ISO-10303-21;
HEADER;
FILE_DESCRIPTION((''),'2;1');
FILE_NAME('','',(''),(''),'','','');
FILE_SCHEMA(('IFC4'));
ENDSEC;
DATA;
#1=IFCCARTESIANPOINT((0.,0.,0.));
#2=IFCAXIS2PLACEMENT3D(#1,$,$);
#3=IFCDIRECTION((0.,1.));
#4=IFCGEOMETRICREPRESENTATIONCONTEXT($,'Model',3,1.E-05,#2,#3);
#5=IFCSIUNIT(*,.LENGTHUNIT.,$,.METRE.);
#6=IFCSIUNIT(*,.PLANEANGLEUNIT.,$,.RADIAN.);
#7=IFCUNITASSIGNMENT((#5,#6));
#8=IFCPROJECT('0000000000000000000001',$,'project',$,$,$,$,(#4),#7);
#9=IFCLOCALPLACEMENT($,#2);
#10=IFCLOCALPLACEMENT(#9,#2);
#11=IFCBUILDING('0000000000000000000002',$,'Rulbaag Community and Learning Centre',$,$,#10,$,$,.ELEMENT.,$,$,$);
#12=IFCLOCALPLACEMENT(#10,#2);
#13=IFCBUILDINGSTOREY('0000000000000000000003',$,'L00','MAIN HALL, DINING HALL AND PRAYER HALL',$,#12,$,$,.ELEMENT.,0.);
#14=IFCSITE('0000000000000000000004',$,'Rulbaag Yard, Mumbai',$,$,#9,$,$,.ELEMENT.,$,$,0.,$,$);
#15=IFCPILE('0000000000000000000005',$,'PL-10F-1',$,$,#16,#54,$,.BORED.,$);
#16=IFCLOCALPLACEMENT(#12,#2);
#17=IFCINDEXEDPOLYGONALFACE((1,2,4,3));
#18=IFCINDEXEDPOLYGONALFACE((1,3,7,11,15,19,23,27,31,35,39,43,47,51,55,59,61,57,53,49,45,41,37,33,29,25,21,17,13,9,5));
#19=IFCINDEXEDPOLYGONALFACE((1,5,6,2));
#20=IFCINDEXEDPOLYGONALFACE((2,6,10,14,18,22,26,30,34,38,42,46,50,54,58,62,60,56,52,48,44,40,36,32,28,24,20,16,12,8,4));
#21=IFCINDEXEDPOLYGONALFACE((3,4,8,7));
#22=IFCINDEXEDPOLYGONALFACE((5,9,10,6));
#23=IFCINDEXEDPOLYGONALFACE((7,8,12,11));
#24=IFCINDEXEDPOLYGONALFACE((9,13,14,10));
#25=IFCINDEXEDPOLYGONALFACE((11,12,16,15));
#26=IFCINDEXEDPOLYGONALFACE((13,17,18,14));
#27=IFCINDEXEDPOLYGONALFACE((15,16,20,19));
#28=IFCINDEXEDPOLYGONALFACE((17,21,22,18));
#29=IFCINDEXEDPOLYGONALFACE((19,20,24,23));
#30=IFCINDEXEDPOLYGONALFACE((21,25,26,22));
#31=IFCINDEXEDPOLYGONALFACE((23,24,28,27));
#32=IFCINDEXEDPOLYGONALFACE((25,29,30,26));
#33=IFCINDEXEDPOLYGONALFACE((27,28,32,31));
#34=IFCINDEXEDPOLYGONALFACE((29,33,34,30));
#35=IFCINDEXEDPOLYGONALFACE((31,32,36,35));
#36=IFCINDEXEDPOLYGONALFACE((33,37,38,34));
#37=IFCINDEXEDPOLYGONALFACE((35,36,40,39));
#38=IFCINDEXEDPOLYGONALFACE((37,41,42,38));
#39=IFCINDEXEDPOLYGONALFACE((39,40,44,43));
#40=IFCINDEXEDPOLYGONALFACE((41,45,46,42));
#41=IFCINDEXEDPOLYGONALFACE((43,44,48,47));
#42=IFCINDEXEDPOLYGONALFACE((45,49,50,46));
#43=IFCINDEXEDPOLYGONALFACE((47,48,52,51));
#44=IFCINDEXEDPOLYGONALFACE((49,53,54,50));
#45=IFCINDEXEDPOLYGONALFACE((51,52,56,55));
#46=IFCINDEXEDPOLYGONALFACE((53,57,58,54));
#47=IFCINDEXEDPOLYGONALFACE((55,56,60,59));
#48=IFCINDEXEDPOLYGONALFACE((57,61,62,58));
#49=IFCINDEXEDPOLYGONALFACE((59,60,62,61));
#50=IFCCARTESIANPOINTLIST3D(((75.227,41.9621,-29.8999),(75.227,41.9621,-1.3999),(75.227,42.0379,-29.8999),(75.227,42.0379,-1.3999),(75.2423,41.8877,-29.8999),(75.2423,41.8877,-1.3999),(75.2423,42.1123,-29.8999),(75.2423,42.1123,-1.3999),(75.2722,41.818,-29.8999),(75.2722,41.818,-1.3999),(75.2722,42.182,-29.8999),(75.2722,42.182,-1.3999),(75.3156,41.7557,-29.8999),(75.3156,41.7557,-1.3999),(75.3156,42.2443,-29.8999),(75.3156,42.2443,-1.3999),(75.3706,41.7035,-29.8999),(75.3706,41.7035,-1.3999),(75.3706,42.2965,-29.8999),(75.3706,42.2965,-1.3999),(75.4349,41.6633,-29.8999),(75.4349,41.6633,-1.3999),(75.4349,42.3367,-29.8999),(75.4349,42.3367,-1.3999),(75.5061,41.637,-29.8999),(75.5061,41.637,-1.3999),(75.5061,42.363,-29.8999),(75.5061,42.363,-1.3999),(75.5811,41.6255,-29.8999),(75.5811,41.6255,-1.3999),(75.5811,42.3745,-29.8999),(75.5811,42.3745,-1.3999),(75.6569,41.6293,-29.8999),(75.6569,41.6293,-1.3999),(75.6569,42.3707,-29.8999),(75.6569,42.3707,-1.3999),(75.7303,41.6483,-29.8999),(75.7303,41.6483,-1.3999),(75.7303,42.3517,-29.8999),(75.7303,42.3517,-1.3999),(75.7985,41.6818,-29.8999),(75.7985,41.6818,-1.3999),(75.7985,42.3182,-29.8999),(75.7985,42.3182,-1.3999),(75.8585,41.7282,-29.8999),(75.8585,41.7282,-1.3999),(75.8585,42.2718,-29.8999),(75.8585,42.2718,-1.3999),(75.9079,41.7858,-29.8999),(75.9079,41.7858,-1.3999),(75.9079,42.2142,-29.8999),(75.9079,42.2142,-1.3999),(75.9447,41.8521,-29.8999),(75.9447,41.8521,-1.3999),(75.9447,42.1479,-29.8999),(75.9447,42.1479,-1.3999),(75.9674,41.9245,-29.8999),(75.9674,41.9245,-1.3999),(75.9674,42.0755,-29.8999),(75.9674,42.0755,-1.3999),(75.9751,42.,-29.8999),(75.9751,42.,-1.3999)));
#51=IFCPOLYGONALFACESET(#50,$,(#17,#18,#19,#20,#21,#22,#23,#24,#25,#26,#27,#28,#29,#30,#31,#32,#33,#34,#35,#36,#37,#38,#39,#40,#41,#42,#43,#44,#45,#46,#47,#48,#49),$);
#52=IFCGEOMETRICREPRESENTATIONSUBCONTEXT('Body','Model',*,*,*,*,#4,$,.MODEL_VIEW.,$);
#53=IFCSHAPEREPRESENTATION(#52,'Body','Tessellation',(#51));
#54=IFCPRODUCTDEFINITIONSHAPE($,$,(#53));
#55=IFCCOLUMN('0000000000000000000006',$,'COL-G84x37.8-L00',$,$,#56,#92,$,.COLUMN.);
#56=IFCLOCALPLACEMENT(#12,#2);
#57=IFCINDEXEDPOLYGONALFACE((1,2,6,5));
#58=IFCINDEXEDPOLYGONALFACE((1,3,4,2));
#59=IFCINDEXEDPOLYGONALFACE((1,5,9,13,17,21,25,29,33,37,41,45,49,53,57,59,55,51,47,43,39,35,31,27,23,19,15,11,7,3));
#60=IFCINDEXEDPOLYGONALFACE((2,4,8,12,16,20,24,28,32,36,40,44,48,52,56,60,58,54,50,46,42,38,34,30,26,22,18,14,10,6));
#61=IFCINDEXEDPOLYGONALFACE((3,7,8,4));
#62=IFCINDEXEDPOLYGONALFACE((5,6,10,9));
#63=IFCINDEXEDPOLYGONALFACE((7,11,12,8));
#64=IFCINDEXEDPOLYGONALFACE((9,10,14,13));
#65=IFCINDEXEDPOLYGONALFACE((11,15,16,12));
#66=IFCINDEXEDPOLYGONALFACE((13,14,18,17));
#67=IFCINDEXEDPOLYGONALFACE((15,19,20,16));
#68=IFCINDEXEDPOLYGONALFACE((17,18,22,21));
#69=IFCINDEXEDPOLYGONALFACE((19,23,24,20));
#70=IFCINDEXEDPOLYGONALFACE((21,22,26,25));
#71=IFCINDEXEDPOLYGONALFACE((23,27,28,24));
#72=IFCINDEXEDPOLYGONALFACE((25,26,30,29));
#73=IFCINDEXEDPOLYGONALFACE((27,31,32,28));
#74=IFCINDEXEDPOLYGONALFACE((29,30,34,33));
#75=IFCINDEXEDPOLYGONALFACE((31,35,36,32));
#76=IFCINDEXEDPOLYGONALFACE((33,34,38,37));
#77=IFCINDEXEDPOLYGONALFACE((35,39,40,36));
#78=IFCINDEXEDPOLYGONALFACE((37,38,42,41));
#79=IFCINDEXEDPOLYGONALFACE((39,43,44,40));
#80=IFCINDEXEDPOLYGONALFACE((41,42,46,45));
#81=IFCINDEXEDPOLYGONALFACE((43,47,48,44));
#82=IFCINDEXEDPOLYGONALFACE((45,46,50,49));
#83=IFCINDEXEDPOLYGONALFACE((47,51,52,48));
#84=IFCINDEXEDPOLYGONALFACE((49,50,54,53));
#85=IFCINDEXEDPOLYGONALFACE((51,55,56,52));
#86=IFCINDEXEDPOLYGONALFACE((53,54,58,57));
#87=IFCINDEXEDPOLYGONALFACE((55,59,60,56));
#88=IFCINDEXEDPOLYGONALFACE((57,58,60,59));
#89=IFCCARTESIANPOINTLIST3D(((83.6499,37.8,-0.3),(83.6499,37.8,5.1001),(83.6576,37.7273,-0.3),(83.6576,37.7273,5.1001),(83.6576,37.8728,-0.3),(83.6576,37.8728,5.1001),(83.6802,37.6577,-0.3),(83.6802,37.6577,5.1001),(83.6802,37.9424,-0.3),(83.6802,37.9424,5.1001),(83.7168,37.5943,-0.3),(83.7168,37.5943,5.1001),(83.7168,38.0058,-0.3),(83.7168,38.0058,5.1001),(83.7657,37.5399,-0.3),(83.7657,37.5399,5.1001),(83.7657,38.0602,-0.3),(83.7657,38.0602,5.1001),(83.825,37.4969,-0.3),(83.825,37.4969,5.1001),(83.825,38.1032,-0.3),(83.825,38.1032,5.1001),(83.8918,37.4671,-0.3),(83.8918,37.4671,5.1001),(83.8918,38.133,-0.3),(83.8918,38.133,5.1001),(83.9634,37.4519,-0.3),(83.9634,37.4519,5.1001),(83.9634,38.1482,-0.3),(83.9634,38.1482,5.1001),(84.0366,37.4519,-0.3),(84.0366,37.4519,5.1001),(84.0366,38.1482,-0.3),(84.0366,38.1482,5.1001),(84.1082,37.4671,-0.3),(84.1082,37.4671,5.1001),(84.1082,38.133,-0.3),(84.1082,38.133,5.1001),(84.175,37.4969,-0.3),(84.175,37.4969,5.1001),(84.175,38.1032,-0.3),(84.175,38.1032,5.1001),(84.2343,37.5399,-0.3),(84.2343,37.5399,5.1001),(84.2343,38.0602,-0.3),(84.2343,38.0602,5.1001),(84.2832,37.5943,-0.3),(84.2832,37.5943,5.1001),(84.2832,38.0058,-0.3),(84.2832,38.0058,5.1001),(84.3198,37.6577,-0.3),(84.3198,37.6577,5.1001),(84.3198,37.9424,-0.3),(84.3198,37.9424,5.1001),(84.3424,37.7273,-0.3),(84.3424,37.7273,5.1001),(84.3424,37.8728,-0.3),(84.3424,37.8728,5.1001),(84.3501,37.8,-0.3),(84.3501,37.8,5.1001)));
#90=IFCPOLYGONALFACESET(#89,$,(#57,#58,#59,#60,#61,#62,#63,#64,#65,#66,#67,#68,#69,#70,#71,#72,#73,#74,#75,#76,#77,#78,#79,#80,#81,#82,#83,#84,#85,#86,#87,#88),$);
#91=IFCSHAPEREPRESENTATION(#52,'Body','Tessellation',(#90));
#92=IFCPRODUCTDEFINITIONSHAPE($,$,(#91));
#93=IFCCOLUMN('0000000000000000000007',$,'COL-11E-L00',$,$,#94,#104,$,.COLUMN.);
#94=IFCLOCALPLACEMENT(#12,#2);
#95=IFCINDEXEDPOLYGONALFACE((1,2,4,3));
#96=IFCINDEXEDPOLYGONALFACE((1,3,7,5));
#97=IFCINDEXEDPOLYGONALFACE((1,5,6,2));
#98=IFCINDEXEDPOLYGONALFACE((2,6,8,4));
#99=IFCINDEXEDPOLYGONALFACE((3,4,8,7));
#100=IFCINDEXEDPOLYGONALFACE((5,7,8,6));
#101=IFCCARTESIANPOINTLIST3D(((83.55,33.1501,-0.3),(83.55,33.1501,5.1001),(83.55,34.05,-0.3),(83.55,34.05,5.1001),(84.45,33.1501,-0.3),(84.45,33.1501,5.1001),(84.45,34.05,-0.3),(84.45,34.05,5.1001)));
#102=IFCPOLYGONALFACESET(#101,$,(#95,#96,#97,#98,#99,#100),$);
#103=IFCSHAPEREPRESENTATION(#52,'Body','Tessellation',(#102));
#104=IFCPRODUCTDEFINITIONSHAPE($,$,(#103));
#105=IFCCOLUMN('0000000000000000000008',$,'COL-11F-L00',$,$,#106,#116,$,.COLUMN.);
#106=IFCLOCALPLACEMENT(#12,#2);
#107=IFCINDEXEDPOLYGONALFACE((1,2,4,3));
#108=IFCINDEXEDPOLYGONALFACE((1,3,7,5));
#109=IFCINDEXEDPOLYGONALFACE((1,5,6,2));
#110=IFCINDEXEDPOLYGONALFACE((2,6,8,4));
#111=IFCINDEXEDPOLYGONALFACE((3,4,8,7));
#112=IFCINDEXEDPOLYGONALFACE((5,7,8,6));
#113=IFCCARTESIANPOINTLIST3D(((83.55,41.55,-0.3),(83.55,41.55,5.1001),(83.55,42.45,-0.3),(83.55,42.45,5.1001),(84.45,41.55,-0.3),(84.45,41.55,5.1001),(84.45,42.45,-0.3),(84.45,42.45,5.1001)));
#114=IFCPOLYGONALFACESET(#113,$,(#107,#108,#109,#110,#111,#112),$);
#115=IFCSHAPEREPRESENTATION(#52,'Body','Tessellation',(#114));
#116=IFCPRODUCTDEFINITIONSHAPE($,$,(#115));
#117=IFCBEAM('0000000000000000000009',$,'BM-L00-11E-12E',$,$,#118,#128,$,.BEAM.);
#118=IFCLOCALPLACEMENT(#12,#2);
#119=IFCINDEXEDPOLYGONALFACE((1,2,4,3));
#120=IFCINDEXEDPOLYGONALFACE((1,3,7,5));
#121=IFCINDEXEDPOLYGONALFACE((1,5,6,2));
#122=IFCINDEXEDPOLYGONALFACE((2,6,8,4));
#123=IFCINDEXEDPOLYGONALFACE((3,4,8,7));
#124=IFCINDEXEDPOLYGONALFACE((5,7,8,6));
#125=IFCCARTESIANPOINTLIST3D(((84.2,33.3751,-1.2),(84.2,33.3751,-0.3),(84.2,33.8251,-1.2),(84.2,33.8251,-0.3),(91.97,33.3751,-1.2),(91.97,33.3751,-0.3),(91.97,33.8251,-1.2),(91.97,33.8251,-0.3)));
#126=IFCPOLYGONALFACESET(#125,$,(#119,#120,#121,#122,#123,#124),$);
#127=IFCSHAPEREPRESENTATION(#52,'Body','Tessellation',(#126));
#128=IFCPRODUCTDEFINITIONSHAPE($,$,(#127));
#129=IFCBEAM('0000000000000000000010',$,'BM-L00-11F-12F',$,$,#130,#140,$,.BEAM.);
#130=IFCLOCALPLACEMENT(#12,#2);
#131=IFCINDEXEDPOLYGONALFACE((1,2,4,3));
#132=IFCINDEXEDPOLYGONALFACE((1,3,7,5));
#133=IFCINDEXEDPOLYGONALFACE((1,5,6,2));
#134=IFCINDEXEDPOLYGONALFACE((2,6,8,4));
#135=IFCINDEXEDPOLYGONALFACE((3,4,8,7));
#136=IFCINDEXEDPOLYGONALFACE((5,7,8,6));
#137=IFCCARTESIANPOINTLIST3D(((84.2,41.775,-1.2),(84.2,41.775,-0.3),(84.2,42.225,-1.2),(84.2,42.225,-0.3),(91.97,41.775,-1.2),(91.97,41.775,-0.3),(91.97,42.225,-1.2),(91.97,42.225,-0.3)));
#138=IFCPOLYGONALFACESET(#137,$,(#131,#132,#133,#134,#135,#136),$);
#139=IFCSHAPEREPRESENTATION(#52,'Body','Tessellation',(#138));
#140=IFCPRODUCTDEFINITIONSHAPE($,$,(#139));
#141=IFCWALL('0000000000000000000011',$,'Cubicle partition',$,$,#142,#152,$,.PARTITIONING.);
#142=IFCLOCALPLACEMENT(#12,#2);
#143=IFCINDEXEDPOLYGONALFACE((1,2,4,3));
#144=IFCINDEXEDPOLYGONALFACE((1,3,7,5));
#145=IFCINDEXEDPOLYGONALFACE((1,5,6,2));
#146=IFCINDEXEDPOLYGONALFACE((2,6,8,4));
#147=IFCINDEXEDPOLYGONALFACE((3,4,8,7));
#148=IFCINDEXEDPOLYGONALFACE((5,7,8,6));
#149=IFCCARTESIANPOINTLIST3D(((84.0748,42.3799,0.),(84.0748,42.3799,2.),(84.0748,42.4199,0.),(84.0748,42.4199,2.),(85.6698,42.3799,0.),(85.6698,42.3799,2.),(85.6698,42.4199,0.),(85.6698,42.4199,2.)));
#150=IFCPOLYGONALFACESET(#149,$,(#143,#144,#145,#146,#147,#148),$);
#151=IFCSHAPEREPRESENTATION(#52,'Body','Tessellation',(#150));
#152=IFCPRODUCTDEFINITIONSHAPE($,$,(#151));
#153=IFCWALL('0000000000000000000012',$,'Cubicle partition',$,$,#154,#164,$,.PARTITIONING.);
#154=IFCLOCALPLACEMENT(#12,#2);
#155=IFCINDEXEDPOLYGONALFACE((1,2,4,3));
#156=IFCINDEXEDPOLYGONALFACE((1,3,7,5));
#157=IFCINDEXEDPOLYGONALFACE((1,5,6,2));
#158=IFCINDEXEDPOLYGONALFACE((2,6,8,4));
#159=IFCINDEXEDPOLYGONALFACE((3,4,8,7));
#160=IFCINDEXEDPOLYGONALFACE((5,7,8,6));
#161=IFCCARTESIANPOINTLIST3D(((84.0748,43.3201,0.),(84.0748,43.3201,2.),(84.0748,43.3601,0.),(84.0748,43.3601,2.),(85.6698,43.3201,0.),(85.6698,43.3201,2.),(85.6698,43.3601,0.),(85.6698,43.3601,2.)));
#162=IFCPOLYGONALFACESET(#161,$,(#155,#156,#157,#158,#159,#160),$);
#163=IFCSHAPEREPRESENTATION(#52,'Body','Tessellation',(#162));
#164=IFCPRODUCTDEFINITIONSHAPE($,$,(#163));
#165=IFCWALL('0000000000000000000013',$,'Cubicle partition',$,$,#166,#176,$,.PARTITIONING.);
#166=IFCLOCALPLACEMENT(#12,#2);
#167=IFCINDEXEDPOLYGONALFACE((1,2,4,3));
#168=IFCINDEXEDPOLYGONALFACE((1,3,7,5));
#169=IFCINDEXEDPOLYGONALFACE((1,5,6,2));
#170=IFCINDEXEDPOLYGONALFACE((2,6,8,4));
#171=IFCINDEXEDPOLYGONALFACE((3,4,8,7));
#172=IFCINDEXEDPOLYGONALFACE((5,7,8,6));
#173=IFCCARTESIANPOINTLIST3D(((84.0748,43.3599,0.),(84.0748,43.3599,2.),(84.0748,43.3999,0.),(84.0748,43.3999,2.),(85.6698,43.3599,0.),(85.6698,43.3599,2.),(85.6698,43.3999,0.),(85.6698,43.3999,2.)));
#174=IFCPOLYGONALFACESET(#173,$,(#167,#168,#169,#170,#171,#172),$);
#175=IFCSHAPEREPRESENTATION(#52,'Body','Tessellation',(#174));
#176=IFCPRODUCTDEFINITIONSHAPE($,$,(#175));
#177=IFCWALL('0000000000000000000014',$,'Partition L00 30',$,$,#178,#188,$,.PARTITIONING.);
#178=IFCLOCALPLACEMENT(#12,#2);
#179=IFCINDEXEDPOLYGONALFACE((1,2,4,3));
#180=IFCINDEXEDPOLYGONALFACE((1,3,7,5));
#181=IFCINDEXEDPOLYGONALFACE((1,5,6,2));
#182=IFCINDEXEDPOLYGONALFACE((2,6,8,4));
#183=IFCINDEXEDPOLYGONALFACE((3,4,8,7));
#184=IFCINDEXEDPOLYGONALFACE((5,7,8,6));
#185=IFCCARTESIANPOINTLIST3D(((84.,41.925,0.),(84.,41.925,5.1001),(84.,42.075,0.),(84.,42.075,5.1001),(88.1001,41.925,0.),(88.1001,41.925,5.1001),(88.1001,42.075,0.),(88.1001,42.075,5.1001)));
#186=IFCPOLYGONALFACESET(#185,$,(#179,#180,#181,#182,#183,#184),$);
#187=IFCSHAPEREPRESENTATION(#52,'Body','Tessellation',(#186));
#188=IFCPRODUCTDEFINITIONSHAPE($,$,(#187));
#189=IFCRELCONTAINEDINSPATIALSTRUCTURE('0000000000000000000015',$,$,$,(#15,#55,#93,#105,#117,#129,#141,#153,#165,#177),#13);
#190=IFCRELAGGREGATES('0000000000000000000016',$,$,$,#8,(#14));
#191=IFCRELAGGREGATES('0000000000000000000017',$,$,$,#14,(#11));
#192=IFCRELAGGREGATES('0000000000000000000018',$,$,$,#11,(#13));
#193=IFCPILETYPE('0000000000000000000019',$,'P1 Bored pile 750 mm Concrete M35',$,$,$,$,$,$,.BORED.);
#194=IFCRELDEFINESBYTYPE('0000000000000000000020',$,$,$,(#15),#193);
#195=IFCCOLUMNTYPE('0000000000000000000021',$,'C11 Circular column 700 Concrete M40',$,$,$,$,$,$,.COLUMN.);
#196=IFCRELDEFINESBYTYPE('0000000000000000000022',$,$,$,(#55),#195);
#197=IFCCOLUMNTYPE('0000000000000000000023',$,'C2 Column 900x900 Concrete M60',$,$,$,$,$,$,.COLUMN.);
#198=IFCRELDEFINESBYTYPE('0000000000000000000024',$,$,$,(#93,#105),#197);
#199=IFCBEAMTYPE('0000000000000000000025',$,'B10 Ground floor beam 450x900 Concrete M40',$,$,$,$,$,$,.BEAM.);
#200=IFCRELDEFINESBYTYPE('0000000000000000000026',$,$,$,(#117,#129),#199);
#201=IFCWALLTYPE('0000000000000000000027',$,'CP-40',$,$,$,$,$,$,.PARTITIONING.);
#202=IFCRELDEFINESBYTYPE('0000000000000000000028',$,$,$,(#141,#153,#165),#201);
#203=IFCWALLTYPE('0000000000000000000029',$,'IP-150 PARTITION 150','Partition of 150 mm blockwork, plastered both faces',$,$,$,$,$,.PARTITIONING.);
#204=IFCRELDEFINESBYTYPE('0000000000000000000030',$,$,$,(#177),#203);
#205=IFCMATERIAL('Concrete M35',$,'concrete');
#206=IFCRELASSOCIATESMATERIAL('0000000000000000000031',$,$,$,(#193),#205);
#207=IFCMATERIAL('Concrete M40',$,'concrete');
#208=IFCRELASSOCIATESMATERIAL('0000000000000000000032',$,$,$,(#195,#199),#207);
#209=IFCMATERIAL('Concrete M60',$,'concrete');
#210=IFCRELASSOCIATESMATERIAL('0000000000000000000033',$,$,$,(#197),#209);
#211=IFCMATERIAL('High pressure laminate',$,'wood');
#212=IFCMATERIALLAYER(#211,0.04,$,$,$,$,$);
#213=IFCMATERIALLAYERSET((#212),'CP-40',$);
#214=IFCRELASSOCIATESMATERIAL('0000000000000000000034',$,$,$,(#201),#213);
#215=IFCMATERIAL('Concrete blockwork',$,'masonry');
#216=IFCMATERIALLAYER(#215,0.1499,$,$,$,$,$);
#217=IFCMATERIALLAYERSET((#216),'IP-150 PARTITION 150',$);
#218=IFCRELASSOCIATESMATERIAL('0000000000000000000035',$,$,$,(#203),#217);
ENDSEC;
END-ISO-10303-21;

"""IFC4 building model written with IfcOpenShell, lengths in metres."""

from ifc_helpers import new_model, si_unit, direction, frame, frame_2d, origin, origin_2d, place, context, subcontext, project, spatial, rectangle, circle, extrude, material, layer, layer_set, material_profile, profile_set, type_object, element, save


model = new_model("IFC4")

# Units and contexts
model_context = context("Model", 3, precision=1e-05, world=origin(), true_north=direction((0.0, 1.0)))
body_context = subcontext(model_context, "Body", "Model", "MODEL_VIEW")
ifc_project = project(units=[si_unit("LENGTHUNIT", "METRE"), si_unit("PLANEANGLEUNIT", "RADIAN")], contexts=[model_context])

# Site, building, storey
site_placement = place(None, origin())
site = spatial("IfcSite", under=ifc_project, at=site_placement, Name="Rulbaag Yard, Mumbai", CompositionType="ELEMENT", RefElevation=0.0)
building_placement = place(site_placement, origin())
building = spatial("IfcBuilding", under=site, at=building_placement, Name="Rulbaag Community and Learning Centre", CompositionType="ELEMENT")
storey_placement = place(building_placement, origin())
storey = spatial("IfcBuildingStorey", under=building, at=storey_placement, Name="L00", Description="MAIN HALL, DINING HALL AND PRAYER HALL", CompositionType="ELEMENT", Elevation=0.0)

# Pile
ifc_material_1 = material(Name="Concrete M35", Category="concrete")
ifc_material_profile_1 = material_profile(ifc_material_1, circle(Radius=0.375, at=origin_2d()), Name="BP750")
ifc_profile_set_1 = profile_set([ifc_material_profile_1], Name="Concrete M35")
pile_type = type_object("IfcPileType", Name="P1 Bored pile 750 mm Concrete M35", PredefinedType="BORED", material=ifc_profile_set_1)
pile_placement = place(storey_placement, frame((75.6001, 42.0, -1.3999), z_axis=(0.0, 0.0, -1.0), x_axis=(1.0, 0.0, 0.0)))
element("IfcPile", 1, at=pile_placement, inside=storey, type_object=pile_type, Name="PL-10F-1", PredefinedType="BORED", context=body_context, shape_type="SweptSolid", body=[
    extrude(circle(Radius=0.375, at=origin_2d()), origin(), (0.0, 0.0, 1.0), 28.5),
])

# Columns
ifc_material_2 = material(Name="Concrete M40", Category="concrete")
ifc_material_profile_2 = material_profile(ifc_material_2, circle(Radius=0.3501, at=origin_2d()), Name="RD700")
ifc_profile_set_2 = profile_set([ifc_material_profile_2], Name="Concrete M40")
column_type_1 = type_object("IfcColumnType", Name="C11 Circular column 700 Concrete M40", PredefinedType="COLUMN", material=ifc_profile_set_2)
column_placement = place(storey_placement, frame((84.0, 37.8, -0.3), z_axis=(0.0, 0.0, 1.0), x_axis=(1.0, 0.0, 0.0)))
element("IfcColumn", 2, at=column_placement, inside=storey, type_object=column_type_1, Name="COL-G84x37.8-L00", PredefinedType="COLUMN", context=body_context, shape_type="SweptSolid", body=[
    extrude(circle(Radius=0.3501, at=origin_2d()), origin(), (0.0, 0.0, 1.0), 5.4001),
])
ifc_material_3 = material(Name="Concrete M60", Category="concrete")
ifc_material_profile_3 = material_profile(ifc_material_3, rectangle(XDim=0.8999, YDim=0.8999, at=origin_2d()), Name="RC900x900")
ifc_profile_set_3 = profile_set([ifc_material_profile_3], Name="Concrete M60")
column_type_2 = type_object("IfcColumnType", Name="C2 Column 900x900 Concrete M60", PredefinedType="COLUMN", material=ifc_profile_set_3)
for number, where, z_axis, x_axis, name in (
    (3, (84.0, 33.6001, -0.3), (0.0, 0.0, 1.0), (1.0, 0.0, 0.0), "COL-11E-L00"),
    (4, (84.0, 42.0, -0.3), (0.0, 0.0, 1.0), (1.0, 0.0, 0.0), "COL-11F-L00"),
):
    element("IfcColumn", number, at=place(storey_placement, frame(where, z_axis=z_axis, x_axis=x_axis)), inside=storey, type_object=column_type_2, Name=name, PredefinedType="COLUMN", context=body_context, shape_type="SweptSolid", body=[
        extrude(rectangle(XDim=0.8999, YDim=0.8999, at=origin_2d()), origin(), (0.0, 0.0, 1.0), 5.4001),
    ])

# Beams
ifc_material_profile_4 = material_profile(ifc_material_2, rectangle(XDim=0.45, YDim=0.8999, at=origin_2d()), Name="RB450x900")
ifc_profile_set_4 = profile_set([ifc_material_profile_4], Name="Concrete M40")
beam_type = type_object("IfcBeamType", Name="B10 Ground floor beam 450x900 Concrete M40", PredefinedType="BEAM", material=ifc_profile_set_4)
for number, where, z_axis, x_axis, name in (
    (5, (84.2, 33.6001, -0.75), (1.0, 0.0, 0.0), (0.0, 1.0, 0.0), "BM-L00-11E-12E"),
    (6, (84.2, 42.0, -0.75), (1.0, 0.0, 0.0), (0.0, 1.0, 0.0), "BM-L00-11F-12F"),
):
    element("IfcBeam", number, at=place(storey_placement, frame(where, z_axis=z_axis, x_axis=x_axis)), inside=storey, type_object=beam_type, Name=name, PredefinedType="BEAM", context=body_context, shape_type="SweptSolid", body=[
        extrude(rectangle(XDim=0.45, YDim=0.8999, at=origin_2d()), origin(), (0.0, 0.0, 1.0), 7.77),
    ])

# Walls
ifc_material_4 = material(Name="High pressure laminate", Category="wood")
ifc_layer_1 = layer(ifc_material_4, 0.04)
ifc_layer_set_1 = layer_set([ifc_layer_1], Name="CP-40")
wall_type_1 = type_object("IfcWallType", Name="CP-40", PredefinedType="PARTITIONING", material=ifc_layer_set_1)
for number, where, z_axis, x_axis, name in (
    (7, (84.075, 42.3999, 0.0), (0.0, 0.0, 1.0), (1.0, 0.0, 0.0), "Cubicle partition"),
    (8, (84.075, 43.3401, 0.0), (0.0, 0.0, 1.0), (1.0, 0.0, 0.0), "Cubicle partition"),
    (9, (84.075, 43.3799, 0.0), (0.0, 0.0, 1.0), (1.0, 0.0, 0.0), "Cubicle partition"),
):
    element("IfcWall", number, at=place(storey_placement, frame(where, z_axis=z_axis, x_axis=x_axis)), inside=storey, type_object=wall_type_1, Name=name, PredefinedType="PARTITIONING", context=body_context, shape_type="SweptSolid", body=[
        extrude(rectangle(XDim=1.595, YDim=0.04, at=frame_2d((0.7974, 0.0))), origin(), (0.0, 0.0, 1.0), 2.0),
    ])
ifc_material_5 = material(Name="Concrete blockwork", Category="masonry")
ifc_layer_2 = layer(ifc_material_5, 0.1499)
ifc_layer_set_2 = layer_set([ifc_layer_2], Name="IP-150 PARTITION 150")
wall_type_2 = type_object("IfcWallType", Name="IP-150 PARTITION 150", Description="Partition of 150 mm blockwork, plastered both faces", PredefinedType="PARTITIONING", material=ifc_layer_set_2)
wall_1_placement = place(storey_placement, frame((84.0, 42.0, 0.0), z_axis=(0.0, 0.0, 1.0), x_axis=(1.0, 0.0, 0.0)))
element("IfcWall", 10, at=wall_1_placement, inside=storey, type_object=wall_type_2, Name="Partition L00 30", PredefinedType="PARTITIONING", context=body_context, shape_type="SweptSolid", body=[
    extrude(rectangle(XDim=4.1001, YDim=0.1499, at=frame_2d((2.05, 0.0))), origin(), (0.0, 0.0, 1.0), 5.1001),
])

save(model, "model.ifc")
